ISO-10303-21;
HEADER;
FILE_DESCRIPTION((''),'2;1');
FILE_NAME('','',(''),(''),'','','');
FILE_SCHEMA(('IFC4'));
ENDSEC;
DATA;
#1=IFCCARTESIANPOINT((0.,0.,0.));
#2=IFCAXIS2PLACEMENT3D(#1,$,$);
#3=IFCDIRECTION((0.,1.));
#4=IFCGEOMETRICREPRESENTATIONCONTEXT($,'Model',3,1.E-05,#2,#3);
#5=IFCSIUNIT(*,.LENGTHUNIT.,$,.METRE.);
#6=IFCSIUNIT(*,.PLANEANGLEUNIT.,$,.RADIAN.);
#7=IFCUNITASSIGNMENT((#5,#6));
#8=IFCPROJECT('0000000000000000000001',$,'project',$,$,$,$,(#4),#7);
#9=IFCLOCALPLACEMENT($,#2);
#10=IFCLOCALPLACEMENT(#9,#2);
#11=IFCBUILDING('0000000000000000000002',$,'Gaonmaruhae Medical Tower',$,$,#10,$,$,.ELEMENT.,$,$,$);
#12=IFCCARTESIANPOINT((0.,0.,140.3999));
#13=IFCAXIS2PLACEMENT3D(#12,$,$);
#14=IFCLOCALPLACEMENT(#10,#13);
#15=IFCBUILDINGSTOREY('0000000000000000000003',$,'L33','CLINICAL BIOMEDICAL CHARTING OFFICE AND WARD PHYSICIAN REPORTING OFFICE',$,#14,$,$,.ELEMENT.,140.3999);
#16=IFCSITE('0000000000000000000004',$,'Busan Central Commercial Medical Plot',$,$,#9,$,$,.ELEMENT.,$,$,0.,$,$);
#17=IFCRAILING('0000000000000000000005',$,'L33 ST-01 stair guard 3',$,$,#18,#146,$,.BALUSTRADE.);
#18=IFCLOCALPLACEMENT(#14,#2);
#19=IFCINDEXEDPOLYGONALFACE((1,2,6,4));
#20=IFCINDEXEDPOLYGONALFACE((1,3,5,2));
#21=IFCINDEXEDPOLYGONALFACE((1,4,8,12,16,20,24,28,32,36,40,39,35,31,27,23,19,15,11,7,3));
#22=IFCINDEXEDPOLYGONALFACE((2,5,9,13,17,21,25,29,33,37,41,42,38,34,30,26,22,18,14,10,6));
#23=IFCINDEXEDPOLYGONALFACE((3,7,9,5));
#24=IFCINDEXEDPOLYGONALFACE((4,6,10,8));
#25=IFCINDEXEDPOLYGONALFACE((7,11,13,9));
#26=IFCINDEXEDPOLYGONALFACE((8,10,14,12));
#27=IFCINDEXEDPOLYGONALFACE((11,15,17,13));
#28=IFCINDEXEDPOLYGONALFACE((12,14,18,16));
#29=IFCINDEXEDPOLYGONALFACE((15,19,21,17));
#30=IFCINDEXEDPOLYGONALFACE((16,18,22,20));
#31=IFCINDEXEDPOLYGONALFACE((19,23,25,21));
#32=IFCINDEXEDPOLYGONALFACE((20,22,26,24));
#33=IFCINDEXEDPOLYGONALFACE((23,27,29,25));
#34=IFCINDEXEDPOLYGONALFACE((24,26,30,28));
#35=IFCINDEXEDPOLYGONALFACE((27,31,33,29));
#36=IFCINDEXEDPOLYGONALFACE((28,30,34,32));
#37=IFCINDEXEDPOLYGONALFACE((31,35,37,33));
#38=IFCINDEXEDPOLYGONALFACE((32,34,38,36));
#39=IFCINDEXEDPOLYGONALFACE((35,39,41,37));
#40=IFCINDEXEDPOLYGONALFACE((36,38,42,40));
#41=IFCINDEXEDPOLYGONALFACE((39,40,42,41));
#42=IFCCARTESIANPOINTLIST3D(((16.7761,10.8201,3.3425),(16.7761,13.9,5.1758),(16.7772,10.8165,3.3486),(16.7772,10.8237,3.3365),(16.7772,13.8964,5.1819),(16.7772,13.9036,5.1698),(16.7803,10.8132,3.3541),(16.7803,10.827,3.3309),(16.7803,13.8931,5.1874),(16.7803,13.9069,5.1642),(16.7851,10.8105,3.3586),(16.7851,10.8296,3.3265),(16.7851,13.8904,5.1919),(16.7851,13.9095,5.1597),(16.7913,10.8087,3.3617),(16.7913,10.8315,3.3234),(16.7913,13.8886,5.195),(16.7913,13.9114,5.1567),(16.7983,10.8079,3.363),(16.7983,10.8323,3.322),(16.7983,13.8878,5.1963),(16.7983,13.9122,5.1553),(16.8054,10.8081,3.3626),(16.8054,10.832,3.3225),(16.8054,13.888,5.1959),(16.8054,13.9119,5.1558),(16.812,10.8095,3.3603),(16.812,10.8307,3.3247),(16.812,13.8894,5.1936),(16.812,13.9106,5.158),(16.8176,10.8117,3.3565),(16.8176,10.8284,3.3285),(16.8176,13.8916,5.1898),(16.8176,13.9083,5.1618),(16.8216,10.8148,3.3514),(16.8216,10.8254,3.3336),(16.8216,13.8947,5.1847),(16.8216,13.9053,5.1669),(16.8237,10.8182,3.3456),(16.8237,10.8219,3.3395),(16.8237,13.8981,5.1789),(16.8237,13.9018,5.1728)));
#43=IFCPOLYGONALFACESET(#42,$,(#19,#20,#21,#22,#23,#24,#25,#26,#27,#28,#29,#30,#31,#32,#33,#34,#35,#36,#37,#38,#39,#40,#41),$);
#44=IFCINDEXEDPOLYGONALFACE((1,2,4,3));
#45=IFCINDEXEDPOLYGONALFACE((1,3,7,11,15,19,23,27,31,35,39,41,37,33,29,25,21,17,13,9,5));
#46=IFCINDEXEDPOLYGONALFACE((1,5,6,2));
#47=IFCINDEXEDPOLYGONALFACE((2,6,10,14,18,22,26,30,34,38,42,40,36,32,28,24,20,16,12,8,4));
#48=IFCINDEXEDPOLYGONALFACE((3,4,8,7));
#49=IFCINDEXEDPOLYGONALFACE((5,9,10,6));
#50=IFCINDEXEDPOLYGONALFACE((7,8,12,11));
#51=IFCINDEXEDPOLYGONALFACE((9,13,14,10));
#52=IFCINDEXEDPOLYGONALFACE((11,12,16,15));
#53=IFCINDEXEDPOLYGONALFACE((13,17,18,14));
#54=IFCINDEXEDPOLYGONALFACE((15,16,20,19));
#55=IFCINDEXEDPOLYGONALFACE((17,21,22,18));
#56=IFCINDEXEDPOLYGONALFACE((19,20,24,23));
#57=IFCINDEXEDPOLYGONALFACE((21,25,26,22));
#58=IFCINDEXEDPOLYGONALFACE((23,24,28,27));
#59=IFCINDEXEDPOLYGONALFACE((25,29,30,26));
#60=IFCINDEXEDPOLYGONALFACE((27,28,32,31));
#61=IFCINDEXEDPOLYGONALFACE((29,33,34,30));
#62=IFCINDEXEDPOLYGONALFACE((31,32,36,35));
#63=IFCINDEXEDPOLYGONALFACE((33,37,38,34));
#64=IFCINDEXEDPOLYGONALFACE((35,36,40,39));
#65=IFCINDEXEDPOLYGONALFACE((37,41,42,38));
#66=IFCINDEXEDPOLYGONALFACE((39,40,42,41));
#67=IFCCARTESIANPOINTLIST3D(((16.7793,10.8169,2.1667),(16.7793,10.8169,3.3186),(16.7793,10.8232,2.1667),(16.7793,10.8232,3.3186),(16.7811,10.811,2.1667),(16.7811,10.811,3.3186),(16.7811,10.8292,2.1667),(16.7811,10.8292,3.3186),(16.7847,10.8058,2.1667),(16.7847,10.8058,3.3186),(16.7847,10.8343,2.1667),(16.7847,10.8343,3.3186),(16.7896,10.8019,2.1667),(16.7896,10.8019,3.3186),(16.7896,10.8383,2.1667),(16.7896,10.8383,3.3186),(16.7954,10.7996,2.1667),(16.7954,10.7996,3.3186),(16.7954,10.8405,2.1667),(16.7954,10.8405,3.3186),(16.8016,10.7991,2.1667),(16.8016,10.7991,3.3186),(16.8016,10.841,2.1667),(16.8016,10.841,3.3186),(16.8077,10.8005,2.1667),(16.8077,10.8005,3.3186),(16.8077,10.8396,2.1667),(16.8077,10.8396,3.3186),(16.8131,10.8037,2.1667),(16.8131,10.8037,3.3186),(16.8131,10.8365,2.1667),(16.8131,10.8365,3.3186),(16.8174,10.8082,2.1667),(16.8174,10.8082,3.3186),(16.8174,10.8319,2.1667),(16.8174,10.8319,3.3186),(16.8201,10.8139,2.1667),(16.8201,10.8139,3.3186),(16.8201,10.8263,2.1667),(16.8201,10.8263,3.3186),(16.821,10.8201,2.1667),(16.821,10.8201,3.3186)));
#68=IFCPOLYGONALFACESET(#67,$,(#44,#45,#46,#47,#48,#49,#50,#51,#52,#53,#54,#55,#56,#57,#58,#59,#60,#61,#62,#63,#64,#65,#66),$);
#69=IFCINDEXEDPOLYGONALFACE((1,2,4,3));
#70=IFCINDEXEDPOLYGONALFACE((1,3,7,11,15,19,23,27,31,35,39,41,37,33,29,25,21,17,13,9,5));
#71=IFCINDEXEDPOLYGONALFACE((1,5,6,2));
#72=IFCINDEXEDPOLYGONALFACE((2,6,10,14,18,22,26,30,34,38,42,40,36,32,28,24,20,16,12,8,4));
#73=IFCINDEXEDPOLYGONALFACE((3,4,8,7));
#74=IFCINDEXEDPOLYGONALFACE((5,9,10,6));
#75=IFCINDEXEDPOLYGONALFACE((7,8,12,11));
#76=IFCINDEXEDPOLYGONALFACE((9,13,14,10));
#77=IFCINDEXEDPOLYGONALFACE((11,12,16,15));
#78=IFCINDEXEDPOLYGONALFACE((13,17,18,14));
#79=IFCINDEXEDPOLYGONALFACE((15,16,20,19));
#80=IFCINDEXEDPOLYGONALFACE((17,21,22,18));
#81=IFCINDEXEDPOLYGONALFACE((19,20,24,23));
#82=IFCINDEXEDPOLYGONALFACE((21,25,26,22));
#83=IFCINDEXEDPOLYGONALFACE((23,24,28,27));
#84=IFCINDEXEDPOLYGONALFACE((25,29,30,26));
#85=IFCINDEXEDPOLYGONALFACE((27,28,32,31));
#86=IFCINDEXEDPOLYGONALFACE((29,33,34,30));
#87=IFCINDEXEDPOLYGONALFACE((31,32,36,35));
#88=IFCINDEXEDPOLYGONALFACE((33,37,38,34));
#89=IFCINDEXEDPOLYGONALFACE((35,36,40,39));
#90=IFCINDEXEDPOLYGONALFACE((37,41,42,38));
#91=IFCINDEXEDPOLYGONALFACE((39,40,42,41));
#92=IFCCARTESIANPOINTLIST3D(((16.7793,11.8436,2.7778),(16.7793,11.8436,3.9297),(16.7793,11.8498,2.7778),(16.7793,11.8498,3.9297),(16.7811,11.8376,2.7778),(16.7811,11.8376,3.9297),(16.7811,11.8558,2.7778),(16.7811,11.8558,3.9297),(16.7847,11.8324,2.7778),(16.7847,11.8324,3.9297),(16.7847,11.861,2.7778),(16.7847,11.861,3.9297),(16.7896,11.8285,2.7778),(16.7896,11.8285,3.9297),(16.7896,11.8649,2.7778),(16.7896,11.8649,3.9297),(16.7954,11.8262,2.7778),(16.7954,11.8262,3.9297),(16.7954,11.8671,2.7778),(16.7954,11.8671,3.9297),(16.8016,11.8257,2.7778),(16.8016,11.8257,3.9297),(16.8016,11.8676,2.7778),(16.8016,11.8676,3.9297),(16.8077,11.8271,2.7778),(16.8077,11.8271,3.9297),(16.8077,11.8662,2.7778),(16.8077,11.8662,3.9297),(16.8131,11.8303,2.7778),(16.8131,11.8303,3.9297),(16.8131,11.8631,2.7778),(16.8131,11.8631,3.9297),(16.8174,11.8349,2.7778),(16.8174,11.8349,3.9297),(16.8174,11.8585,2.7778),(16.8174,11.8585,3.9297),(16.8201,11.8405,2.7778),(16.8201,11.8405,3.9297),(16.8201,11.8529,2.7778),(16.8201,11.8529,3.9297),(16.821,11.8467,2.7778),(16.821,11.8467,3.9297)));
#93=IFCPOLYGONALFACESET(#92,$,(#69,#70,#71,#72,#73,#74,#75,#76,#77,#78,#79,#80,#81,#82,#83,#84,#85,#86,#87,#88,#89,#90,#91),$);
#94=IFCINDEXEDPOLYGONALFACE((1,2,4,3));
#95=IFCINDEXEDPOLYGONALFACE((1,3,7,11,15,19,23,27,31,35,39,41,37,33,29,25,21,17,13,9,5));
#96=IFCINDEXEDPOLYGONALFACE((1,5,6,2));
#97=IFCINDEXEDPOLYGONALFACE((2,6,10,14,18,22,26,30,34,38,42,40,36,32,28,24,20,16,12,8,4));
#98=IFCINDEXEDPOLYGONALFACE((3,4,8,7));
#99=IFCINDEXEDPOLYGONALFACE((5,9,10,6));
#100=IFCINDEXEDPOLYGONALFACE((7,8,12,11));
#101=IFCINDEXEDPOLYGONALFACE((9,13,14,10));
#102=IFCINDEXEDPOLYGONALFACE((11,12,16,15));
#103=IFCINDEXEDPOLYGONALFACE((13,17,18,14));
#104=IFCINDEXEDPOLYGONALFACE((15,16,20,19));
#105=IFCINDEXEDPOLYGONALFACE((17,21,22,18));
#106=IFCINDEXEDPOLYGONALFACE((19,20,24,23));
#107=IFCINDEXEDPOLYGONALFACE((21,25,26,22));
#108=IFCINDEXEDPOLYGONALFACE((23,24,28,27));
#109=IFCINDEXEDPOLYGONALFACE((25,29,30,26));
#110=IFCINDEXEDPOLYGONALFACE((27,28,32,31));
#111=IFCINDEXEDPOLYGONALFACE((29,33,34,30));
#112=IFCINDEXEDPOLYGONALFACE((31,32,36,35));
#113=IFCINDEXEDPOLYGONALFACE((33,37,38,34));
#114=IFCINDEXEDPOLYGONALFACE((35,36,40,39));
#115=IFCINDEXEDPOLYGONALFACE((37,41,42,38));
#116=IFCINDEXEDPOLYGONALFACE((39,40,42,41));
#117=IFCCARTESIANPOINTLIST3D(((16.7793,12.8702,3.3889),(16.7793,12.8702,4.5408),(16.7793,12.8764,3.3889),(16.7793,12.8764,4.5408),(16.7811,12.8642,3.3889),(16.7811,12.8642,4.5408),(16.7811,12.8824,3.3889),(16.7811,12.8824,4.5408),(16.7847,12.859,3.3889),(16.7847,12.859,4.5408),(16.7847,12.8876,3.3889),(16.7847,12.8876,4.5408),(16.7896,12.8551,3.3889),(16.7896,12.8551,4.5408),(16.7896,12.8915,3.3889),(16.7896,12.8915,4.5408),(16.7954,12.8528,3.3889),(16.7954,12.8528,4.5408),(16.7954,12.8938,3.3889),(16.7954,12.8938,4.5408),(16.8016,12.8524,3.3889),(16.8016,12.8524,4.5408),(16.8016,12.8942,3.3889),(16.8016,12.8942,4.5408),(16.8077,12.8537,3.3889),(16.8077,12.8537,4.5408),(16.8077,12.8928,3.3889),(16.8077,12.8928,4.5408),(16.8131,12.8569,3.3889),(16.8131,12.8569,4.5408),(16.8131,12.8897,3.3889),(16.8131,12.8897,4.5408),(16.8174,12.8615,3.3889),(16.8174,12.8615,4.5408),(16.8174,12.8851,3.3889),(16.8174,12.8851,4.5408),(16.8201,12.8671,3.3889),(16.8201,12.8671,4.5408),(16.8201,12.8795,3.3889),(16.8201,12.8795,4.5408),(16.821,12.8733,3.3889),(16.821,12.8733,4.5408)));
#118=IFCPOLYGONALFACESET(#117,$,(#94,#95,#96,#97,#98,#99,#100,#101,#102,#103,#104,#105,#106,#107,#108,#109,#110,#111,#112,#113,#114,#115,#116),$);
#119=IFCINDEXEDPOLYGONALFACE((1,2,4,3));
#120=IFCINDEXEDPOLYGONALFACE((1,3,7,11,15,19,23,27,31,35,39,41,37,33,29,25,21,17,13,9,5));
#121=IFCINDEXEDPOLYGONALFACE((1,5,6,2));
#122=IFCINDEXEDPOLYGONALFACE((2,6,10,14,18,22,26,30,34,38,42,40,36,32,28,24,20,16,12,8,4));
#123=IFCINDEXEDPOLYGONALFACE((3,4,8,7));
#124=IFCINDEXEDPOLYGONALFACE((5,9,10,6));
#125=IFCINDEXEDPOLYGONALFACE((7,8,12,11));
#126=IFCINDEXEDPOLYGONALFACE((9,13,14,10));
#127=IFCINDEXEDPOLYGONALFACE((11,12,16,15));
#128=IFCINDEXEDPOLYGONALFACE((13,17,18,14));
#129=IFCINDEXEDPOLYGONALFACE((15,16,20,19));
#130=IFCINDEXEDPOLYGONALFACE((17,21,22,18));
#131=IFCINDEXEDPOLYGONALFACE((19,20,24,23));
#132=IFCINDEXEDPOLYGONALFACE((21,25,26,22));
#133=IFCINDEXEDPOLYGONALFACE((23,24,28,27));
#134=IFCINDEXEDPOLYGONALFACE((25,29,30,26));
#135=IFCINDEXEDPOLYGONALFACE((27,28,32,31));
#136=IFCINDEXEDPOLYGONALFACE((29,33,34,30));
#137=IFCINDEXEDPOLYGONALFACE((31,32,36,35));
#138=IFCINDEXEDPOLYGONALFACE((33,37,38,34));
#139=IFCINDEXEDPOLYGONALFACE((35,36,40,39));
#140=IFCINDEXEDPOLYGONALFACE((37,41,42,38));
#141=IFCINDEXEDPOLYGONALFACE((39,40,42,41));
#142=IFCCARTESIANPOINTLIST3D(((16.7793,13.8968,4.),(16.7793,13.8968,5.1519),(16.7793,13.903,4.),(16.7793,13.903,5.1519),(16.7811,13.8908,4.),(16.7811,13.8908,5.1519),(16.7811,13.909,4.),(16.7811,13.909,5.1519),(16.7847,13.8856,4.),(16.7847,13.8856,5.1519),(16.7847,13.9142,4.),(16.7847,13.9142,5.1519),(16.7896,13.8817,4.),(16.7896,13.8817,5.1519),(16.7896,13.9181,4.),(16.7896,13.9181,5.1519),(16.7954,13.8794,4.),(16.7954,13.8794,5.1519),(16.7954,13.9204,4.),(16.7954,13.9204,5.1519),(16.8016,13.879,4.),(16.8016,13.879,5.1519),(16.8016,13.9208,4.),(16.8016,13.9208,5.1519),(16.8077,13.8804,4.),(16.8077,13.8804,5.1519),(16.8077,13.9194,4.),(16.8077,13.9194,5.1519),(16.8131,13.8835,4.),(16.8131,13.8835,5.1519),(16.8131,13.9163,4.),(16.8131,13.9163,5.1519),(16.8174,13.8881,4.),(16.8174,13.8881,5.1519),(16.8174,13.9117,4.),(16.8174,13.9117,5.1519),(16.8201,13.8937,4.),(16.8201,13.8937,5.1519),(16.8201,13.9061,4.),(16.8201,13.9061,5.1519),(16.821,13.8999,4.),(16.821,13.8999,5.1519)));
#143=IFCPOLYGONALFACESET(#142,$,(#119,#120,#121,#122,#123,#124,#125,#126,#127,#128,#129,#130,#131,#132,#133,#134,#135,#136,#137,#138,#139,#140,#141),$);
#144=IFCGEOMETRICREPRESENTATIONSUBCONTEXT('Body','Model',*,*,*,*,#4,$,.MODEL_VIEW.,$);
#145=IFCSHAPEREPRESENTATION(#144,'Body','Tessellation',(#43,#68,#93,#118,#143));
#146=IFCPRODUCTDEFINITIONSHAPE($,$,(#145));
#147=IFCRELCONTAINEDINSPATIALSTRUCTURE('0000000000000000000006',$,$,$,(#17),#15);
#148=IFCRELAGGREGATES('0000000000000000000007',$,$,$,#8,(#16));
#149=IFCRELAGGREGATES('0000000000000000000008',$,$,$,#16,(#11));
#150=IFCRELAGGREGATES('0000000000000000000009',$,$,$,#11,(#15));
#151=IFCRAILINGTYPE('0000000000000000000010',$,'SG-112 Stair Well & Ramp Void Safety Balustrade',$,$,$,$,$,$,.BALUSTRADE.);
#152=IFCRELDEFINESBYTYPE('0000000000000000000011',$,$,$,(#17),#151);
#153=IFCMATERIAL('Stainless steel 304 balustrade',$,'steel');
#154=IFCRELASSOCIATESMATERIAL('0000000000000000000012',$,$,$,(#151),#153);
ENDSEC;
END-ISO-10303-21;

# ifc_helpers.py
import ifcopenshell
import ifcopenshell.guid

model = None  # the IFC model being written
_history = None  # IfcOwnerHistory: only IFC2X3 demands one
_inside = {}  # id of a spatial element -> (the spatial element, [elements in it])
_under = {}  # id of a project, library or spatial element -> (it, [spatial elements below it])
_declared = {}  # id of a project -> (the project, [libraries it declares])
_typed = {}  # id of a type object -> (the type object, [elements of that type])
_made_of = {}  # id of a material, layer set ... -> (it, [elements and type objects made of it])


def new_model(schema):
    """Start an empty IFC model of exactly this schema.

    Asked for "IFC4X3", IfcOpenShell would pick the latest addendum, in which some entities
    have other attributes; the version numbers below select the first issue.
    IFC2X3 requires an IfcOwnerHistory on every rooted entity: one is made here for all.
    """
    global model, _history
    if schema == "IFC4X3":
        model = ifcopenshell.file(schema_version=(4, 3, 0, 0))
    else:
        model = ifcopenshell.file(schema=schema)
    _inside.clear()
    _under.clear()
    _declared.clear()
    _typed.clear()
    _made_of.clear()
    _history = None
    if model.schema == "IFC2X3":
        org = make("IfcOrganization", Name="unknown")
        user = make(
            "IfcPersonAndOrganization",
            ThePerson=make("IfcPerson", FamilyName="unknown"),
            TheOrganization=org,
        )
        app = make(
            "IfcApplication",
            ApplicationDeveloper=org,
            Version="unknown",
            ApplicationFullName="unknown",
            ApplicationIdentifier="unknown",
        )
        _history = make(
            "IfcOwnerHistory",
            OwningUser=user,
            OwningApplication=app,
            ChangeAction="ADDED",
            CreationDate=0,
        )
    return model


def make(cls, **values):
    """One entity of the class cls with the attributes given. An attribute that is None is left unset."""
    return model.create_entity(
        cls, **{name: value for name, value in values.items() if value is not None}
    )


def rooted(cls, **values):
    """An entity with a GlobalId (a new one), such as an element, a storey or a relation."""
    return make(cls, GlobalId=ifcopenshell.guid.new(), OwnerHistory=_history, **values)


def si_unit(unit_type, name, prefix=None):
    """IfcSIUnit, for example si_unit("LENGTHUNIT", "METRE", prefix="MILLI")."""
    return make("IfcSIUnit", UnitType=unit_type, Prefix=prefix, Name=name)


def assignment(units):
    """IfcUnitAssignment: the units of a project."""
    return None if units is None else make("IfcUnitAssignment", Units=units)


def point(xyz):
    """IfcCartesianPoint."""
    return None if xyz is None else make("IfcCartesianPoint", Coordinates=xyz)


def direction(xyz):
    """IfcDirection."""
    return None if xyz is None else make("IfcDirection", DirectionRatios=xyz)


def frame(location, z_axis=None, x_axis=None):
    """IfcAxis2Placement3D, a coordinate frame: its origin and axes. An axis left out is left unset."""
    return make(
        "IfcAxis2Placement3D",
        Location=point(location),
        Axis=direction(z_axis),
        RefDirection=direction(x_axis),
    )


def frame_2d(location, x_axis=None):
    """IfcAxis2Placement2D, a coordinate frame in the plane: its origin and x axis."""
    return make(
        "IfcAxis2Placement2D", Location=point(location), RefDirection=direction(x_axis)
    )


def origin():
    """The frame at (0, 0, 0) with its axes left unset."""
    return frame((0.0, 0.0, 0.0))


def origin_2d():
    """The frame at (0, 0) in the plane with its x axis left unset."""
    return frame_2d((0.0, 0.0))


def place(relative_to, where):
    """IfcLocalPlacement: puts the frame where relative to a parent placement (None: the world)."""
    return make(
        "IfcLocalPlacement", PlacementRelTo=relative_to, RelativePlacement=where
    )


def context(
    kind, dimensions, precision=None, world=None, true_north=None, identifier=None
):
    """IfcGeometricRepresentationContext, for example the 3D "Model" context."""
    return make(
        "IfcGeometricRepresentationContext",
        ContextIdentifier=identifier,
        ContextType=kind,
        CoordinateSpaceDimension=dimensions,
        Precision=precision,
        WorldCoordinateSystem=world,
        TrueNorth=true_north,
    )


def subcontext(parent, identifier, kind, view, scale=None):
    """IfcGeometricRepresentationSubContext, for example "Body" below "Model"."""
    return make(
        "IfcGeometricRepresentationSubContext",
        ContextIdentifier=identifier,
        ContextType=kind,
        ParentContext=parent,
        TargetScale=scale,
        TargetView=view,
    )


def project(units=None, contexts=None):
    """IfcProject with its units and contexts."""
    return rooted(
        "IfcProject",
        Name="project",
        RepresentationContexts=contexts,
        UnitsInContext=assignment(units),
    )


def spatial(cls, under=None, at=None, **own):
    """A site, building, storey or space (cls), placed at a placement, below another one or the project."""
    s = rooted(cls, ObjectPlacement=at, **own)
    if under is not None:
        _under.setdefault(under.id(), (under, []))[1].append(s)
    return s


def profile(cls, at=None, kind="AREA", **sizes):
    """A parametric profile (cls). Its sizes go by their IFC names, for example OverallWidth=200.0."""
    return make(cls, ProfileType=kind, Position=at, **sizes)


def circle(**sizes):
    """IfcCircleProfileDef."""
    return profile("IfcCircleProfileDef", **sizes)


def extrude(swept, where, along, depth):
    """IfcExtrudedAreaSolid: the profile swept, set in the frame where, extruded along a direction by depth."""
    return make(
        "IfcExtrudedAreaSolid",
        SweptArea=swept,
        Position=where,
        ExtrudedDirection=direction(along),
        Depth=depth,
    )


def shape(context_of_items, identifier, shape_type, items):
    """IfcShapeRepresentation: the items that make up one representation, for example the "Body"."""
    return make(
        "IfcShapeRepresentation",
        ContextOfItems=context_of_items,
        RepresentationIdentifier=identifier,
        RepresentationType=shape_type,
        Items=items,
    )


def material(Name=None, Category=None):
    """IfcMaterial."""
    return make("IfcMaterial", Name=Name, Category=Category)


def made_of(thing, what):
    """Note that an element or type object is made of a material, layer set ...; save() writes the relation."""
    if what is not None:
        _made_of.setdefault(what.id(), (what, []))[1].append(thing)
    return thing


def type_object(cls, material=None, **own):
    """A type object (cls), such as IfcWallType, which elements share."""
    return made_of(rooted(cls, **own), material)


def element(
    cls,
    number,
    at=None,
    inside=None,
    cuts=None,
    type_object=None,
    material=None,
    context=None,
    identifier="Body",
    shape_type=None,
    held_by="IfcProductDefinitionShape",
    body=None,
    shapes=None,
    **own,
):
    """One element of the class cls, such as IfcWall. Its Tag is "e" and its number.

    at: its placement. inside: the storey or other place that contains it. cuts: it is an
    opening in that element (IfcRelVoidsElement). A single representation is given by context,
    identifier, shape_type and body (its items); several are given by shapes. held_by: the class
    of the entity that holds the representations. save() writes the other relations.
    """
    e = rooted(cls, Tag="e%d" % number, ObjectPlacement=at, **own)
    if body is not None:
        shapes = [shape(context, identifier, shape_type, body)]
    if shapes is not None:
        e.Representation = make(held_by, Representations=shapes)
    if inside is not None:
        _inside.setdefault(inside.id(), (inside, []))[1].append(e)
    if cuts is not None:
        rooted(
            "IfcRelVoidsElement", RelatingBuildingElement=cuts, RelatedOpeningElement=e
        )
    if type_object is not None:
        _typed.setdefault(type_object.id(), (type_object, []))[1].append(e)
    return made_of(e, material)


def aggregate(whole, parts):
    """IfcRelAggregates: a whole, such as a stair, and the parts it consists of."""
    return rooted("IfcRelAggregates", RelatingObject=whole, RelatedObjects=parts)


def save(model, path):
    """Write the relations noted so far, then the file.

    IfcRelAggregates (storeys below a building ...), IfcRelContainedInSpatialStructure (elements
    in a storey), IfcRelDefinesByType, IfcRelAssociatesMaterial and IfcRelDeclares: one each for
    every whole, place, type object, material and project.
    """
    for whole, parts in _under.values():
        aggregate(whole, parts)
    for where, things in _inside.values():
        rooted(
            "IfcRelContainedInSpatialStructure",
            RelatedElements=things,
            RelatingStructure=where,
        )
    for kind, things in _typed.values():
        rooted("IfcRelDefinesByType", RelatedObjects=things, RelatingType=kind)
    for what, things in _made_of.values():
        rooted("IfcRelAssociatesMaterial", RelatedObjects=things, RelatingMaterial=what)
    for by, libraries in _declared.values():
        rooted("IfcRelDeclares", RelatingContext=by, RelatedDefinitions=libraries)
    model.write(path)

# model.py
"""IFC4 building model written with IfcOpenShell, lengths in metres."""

from ifc_helpers import new_model, si_unit, direction, frame, origin, origin_2d, place, context, subcontext, project, spatial, circle, extrude, material, type_object, element, save


model = new_model("IFC4")

# Units and contexts
model_context = context("Model", 3, precision=1e-05, world=origin(), true_north=direction((0.0, 1.0)))
body_context = subcontext(model_context, "Body", "Model", "MODEL_VIEW")
ifc_project = project(units=[si_unit("LENGTHUNIT", "METRE"), si_unit("PLANEANGLEUNIT", "RADIAN")], contexts=[model_context])

# Site, building, storey
site_placement = place(None, origin())
site = spatial("IfcSite", under=ifc_project, at=site_placement, Name="Busan Central Commercial Medical Plot", CompositionType="ELEMENT", RefElevation=0.0)
building_placement = place(site_placement, origin())
building = spatial("IfcBuilding", under=site, at=building_placement, Name="Gaonmaruhae Medical Tower", CompositionType="ELEMENT")
storey_placement = place(building_placement, frame((0.0, 0.0, 140.3999)))
storey = spatial("IfcBuildingStorey", under=building, at=storey_placement, Name="L33", Description="CLINICAL BIOMEDICAL CHARTING OFFICE AND WARD PHYSICIAN REPORTING OFFICE", CompositionType="ELEMENT", Elevation=140.3999)

# Railing
ifc_material_1 = material(Name="Stainless steel 304 balustrade", Category="steel")
railing_type_1 = type_object("IfcRailingType", Name="SG-112 Stair Well & Ramp Void Safety Balustrade", PredefinedType="BALUSTRADE", material=ifc_material_1)
railing_1_placement = place(storey_placement, frame((16.8, 10.8201, 2.1667)))
element("IfcRailing", 1, at=railing_1_placement, inside=storey, type_object=railing_type_1, Name="L33 ST-01 stair guard 3", PredefinedType="BALUSTRADE", context=body_context, shape_type="SweptSolid", body=[
    extrude(circle(Radius=0.0239, at=origin_2d()), frame((0.0, 0.0, 1.1758), z_axis=(0.0, 0.859291, 0.511487), x_axis=(-1.0, 0.0, 0.0)), (0.0, 0.0, 1.0), 3.5842),
    extrude(circle(Radius=0.021, at=origin_2d()), origin(), (0.0, 0.0, 1.0), 1.1519),
    extrude(circle(Radius=0.021, at=origin_2d()), frame((0.0, 1.0266, 0.6111)), (0.0, 0.0, 1.0), 1.1519),
    extrude(circle(Radius=0.021, at=origin_2d()), frame((0.0, 2.0532, 1.2222)), (0.0, 0.0, 1.0), 1.1519),
    extrude(circle(Radius=0.021, at=origin_2d()), frame((0.0, 3.0798, 1.8333)), (0.0, 0.0, 1.0), 1.1519),
])

save(model, "model.ifc")
